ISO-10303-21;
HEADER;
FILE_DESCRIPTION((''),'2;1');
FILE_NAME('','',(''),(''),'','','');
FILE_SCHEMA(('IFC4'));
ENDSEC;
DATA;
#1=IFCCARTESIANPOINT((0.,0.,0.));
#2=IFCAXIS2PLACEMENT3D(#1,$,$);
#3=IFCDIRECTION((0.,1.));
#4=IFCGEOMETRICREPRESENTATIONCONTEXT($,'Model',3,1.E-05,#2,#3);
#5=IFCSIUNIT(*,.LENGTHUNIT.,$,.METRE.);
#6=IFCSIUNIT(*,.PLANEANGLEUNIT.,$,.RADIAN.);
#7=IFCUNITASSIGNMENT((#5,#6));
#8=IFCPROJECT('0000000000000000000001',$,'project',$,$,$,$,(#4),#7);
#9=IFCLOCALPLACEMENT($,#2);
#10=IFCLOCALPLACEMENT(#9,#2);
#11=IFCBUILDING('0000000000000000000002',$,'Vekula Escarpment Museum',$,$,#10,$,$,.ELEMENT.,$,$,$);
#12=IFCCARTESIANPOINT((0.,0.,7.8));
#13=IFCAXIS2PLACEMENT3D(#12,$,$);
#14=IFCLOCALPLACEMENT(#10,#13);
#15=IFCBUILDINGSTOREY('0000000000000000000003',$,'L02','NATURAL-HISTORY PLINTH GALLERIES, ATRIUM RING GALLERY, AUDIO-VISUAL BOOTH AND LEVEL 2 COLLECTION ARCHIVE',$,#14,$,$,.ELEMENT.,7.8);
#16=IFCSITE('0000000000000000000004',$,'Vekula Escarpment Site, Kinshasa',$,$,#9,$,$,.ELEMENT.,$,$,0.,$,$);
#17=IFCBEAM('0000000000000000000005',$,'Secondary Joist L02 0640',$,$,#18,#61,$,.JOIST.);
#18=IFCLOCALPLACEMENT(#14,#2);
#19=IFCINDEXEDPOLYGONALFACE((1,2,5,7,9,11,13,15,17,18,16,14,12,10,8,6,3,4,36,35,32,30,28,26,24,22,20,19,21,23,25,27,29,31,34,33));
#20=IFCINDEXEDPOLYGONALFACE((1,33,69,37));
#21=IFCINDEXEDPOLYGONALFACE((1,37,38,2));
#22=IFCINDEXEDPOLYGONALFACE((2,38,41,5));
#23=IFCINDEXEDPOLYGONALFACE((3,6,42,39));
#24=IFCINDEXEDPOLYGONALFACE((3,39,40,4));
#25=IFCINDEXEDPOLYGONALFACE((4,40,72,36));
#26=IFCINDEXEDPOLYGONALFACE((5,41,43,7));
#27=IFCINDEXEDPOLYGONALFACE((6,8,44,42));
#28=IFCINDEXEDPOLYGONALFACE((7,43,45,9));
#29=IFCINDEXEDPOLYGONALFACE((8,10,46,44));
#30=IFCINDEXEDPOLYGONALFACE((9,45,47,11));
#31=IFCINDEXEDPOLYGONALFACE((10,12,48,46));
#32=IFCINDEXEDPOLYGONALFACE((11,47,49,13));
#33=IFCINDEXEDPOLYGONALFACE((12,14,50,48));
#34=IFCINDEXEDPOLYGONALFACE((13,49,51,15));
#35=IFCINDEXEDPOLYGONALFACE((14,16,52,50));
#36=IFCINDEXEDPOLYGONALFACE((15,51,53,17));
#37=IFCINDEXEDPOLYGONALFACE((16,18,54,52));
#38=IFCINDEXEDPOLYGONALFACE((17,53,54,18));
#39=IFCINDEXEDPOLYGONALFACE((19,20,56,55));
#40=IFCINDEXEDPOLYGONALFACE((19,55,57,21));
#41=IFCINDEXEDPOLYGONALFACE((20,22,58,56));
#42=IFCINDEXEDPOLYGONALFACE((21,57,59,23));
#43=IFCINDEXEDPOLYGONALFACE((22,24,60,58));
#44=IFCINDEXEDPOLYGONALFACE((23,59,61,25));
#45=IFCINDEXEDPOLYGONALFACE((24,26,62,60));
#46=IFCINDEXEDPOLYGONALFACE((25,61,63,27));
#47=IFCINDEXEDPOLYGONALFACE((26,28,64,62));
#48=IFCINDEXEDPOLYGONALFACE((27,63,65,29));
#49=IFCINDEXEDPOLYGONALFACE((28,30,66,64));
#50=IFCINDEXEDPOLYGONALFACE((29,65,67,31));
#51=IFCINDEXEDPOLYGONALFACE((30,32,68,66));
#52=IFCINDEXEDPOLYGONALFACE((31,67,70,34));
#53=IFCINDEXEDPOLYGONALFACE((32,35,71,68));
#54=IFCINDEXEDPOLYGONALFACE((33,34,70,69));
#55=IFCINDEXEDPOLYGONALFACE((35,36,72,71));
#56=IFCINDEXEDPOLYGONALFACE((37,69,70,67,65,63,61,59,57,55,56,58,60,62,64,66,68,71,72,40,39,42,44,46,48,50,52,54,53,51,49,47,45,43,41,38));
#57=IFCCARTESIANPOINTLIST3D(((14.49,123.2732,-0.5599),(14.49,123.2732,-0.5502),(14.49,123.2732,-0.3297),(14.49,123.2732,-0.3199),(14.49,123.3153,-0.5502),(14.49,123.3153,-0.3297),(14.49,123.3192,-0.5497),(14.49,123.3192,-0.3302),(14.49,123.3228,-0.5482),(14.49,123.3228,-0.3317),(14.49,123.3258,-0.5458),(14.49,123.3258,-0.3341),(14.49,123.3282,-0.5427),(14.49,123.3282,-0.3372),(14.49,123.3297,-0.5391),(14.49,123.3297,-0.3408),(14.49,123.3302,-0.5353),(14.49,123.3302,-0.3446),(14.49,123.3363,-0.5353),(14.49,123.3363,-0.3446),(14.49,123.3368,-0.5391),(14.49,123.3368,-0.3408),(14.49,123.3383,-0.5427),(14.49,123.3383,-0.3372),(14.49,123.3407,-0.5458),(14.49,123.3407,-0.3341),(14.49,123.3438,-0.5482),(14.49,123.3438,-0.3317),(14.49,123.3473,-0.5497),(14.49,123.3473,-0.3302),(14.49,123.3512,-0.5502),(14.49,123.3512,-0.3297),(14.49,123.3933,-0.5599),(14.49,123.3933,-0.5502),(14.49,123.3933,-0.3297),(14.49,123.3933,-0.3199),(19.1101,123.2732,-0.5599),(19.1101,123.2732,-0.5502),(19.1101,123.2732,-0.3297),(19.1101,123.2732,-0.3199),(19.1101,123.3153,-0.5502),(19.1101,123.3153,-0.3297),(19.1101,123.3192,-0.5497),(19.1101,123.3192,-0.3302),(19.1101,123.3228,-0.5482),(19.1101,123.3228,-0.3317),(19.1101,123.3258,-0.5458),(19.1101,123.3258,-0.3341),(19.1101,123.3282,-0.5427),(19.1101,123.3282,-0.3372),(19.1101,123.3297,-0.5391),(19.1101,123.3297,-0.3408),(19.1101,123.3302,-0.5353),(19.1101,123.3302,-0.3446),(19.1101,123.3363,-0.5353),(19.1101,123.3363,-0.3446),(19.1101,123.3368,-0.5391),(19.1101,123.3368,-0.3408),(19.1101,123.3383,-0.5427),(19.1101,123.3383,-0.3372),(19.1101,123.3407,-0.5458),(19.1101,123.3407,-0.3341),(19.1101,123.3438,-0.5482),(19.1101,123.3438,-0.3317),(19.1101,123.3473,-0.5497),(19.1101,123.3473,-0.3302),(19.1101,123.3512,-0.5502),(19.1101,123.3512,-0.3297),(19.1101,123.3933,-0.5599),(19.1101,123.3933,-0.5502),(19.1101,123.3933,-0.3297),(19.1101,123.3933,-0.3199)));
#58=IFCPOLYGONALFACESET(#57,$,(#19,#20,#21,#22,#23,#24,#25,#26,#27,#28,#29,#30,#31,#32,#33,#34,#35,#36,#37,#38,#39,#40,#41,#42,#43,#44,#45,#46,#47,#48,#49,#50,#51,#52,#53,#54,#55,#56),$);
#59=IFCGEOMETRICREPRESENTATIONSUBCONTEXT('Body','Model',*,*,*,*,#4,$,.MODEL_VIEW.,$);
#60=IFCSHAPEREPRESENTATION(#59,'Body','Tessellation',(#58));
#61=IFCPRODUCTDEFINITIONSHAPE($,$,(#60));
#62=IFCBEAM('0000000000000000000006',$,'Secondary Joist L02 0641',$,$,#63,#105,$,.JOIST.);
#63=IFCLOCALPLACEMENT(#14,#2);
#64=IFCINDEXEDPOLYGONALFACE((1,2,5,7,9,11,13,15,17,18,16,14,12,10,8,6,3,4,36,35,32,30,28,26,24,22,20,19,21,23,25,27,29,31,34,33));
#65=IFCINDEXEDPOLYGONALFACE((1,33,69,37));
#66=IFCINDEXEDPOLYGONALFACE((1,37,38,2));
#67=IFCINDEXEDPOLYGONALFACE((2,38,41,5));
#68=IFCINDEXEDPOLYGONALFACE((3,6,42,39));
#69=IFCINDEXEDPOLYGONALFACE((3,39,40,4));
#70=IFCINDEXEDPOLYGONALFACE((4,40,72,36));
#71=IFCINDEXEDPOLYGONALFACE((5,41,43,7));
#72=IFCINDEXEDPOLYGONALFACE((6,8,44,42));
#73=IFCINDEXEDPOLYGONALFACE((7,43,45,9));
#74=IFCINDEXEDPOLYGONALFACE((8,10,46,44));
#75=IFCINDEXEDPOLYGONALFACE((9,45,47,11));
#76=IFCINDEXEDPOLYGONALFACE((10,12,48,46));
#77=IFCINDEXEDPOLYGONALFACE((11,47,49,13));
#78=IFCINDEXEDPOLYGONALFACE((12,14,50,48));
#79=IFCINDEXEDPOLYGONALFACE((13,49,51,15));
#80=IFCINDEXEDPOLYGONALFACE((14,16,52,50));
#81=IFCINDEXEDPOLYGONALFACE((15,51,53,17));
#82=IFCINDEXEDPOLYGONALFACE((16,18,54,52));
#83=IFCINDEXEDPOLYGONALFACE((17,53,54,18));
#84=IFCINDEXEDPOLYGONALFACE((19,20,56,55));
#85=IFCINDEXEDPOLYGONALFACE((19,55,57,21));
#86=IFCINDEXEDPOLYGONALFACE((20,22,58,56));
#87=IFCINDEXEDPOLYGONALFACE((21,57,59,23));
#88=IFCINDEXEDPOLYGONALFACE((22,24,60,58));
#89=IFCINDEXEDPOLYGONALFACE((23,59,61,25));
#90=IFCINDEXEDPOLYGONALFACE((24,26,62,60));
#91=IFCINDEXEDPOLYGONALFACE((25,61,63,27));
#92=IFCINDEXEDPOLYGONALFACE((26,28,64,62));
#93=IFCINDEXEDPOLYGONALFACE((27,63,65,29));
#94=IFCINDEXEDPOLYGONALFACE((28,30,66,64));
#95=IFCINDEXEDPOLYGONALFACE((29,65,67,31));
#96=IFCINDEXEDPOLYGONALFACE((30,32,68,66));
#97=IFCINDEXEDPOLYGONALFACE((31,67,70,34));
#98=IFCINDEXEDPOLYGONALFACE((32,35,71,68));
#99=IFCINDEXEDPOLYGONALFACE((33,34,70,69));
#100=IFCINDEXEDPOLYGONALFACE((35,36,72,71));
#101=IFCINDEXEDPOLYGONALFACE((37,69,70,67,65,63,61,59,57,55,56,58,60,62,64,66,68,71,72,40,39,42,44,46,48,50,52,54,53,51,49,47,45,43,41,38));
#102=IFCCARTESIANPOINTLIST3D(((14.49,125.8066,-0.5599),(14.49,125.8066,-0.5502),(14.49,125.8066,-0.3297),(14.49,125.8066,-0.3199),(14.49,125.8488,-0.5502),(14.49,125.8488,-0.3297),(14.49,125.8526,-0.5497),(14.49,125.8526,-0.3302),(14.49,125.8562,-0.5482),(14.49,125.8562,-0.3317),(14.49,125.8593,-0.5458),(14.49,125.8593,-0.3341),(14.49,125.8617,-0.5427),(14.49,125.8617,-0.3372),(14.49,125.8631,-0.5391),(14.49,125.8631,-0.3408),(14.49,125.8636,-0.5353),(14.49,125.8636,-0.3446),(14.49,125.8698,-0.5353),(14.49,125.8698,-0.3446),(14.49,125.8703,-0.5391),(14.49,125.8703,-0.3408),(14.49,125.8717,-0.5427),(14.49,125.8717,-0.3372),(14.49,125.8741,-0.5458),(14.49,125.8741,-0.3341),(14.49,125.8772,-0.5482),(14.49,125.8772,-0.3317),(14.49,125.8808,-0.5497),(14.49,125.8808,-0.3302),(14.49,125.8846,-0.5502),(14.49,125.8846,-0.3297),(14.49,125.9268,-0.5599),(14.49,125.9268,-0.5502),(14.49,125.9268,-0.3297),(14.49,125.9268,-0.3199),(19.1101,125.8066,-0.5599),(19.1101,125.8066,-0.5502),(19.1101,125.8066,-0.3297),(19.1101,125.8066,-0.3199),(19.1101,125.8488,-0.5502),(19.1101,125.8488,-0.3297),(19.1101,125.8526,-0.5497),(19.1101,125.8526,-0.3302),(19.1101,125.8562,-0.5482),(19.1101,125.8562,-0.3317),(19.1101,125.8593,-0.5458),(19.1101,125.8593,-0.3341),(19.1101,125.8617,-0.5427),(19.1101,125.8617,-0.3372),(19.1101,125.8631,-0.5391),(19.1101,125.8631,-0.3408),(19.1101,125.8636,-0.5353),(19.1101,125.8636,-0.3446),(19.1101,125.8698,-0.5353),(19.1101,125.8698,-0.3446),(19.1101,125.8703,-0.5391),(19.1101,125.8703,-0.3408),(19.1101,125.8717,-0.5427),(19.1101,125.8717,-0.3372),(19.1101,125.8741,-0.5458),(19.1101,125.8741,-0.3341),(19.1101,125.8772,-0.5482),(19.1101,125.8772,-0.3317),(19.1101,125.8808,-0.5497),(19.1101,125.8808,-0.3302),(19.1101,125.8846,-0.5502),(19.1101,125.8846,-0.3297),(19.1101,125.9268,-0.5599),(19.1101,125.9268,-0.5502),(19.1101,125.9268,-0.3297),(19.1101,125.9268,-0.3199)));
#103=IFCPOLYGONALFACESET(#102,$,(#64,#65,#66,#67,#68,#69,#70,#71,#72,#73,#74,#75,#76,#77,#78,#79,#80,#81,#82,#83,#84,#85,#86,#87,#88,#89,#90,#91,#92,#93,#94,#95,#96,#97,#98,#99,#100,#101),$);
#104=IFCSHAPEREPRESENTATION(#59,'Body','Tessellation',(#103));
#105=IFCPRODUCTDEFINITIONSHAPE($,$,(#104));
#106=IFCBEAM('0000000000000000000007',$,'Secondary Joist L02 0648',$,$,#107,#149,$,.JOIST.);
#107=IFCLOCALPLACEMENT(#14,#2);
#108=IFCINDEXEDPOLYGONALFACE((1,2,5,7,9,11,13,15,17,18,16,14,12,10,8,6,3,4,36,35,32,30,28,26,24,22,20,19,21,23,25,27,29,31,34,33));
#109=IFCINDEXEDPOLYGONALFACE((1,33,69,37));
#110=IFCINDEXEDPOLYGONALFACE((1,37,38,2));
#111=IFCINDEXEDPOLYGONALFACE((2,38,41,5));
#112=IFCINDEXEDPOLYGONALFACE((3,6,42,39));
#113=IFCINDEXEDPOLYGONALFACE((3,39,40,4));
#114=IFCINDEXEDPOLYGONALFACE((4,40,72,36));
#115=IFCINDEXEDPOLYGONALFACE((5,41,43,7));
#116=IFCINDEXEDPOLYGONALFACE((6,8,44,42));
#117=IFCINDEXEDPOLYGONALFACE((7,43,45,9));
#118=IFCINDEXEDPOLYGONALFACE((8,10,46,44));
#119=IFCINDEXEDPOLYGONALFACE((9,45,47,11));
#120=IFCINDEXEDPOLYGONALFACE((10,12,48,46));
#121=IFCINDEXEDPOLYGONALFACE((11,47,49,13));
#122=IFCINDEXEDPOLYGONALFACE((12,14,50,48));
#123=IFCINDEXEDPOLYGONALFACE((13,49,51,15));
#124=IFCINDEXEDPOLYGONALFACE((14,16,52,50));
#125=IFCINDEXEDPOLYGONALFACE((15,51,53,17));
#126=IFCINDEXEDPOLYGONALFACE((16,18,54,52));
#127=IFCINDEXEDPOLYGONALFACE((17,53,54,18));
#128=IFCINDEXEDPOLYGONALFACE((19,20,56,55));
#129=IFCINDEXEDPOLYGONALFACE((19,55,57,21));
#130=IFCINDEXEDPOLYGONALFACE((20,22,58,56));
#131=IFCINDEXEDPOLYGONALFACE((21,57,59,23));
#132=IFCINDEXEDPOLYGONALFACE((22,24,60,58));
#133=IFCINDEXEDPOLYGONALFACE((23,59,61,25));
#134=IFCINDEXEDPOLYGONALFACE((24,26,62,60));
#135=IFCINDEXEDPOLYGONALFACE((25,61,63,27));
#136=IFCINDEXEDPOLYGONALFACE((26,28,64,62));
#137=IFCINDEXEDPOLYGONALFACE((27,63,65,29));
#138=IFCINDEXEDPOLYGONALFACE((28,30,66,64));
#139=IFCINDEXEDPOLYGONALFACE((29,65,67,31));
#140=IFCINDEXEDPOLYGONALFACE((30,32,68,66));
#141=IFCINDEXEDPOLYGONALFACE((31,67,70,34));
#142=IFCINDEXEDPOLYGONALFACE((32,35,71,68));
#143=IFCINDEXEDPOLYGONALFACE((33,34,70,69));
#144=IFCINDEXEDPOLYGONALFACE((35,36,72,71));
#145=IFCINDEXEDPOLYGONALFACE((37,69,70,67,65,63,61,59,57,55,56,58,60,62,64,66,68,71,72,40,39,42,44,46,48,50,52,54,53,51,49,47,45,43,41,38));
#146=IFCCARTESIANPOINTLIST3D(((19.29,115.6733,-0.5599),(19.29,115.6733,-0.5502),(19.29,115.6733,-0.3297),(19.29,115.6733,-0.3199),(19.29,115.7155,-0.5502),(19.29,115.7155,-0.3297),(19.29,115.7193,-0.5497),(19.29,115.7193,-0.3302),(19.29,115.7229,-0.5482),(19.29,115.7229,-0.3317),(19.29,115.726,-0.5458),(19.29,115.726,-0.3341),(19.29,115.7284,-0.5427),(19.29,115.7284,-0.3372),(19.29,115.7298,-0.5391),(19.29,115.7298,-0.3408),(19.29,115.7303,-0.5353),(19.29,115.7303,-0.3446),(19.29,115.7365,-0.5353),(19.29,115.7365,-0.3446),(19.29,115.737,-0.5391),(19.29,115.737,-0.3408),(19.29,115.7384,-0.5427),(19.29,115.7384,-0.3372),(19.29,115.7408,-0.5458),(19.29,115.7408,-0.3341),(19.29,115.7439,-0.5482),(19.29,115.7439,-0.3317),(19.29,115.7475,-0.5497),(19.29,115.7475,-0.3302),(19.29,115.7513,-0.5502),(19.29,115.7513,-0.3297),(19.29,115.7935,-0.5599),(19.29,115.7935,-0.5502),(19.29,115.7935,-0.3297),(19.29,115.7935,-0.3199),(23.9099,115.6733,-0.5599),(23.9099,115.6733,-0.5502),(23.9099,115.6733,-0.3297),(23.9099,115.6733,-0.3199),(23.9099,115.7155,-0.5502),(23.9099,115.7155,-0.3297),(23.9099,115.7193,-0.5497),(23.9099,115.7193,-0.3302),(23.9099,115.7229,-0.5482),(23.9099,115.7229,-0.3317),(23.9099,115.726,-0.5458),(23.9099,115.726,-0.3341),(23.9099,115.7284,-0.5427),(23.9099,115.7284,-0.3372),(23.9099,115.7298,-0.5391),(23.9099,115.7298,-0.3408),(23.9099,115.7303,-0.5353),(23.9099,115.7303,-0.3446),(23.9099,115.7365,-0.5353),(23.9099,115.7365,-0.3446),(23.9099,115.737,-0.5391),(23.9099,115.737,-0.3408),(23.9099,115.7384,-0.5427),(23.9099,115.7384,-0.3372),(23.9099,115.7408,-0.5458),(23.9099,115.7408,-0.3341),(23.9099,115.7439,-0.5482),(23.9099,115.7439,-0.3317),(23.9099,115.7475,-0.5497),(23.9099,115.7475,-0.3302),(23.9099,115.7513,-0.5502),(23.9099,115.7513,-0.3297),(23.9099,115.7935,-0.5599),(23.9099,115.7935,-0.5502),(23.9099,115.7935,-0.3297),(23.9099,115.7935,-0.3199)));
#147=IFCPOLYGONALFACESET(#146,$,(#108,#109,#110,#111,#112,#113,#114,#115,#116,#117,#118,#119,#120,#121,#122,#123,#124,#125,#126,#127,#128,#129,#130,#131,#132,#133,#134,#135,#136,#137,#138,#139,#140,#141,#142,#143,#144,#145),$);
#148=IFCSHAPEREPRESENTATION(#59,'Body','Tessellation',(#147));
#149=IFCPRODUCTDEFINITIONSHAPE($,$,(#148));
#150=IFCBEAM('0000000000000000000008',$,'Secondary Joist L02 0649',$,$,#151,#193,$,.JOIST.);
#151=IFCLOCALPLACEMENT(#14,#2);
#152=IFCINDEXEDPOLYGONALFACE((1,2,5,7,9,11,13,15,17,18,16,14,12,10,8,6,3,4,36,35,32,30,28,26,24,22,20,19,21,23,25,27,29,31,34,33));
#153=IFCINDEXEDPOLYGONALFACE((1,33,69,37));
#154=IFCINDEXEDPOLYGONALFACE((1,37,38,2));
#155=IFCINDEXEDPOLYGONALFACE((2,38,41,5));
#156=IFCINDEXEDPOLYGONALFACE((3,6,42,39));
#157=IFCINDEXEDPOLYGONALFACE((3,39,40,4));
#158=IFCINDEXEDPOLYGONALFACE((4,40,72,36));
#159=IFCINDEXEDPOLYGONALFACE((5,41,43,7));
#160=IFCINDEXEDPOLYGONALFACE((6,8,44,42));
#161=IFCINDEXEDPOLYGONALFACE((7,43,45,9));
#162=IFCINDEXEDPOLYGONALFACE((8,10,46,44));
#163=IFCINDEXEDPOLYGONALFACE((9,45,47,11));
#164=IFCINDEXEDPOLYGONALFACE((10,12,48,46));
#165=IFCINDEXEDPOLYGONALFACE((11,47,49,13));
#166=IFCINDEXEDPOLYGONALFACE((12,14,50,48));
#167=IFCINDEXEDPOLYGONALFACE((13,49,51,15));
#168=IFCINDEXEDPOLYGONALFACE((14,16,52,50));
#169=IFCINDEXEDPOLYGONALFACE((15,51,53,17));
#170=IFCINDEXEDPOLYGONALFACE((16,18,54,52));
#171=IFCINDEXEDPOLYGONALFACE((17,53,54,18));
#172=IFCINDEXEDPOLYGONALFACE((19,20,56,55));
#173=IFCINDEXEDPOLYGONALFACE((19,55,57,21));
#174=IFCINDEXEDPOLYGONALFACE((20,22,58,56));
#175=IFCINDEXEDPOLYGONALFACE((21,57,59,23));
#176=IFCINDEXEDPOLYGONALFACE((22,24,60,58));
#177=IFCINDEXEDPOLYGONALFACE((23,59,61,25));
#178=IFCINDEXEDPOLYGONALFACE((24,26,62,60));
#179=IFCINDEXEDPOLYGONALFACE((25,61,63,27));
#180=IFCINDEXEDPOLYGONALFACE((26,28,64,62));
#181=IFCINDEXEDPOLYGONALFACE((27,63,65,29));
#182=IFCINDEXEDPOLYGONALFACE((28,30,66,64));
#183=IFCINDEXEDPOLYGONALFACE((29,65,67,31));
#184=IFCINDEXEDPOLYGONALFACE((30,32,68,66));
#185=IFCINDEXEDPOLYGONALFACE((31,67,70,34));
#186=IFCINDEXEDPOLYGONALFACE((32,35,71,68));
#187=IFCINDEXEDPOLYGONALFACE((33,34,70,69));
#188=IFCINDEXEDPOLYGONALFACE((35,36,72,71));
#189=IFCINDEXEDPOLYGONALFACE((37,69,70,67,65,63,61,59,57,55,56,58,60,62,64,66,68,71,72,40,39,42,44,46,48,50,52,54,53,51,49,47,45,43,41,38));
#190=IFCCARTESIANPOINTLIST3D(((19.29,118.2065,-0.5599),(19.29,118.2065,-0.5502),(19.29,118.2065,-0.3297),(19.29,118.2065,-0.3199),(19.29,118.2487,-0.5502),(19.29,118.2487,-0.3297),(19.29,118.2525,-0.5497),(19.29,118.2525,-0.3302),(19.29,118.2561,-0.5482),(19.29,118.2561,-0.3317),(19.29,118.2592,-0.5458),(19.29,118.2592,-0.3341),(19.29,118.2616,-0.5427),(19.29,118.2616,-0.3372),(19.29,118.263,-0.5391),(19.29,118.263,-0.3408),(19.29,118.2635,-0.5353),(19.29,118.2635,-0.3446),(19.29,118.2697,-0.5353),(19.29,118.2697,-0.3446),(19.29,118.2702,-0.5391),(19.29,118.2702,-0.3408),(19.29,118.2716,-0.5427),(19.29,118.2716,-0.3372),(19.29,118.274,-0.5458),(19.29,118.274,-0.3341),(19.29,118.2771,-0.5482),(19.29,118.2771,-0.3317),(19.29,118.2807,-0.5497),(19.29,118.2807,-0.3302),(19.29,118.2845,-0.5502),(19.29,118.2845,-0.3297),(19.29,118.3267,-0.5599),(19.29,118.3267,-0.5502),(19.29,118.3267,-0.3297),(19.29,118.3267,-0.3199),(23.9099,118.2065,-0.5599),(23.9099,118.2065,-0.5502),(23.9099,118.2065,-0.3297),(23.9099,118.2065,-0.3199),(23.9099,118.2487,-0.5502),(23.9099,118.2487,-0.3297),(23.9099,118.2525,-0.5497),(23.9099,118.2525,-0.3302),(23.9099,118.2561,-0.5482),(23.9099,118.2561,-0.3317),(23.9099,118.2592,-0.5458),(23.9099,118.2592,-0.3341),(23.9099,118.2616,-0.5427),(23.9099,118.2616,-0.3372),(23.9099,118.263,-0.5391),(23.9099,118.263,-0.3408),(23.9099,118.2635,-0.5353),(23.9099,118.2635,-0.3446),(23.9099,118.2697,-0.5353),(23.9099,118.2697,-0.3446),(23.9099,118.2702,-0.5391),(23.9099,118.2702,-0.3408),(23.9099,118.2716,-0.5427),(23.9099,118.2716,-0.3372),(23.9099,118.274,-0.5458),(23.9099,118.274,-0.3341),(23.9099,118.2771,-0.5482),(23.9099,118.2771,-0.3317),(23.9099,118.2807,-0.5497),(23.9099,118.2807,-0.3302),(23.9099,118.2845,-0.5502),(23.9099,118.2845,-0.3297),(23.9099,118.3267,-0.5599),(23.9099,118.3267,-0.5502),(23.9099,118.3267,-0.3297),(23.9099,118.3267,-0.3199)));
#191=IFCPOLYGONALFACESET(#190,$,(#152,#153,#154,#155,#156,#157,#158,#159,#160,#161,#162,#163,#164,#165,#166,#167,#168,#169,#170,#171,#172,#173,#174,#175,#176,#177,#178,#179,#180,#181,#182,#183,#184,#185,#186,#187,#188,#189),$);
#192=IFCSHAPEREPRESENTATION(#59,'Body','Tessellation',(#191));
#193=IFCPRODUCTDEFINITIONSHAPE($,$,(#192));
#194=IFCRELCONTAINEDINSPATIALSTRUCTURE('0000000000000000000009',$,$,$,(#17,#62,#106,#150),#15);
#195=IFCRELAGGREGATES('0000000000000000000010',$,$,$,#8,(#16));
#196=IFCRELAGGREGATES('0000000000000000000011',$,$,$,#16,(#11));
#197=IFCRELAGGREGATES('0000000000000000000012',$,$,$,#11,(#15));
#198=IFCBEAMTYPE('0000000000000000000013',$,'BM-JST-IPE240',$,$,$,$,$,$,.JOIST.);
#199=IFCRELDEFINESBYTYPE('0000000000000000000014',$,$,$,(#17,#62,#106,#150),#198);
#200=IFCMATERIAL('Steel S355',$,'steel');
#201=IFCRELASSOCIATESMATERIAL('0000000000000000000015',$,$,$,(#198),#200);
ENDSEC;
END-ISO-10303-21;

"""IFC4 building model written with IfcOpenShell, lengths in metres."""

from ifc_helpers import new_model, si_unit, direction, frame, origin, origin_2d, place, context, subcontext, project, spatial, i_section, extrude, material, material_profile, profile_set, type_object, element, save


model = new_model("IFC4")

# Units and contexts
model_context = context("Model", 3, precision=1e-05, world=origin(), true_north=direction((0.0, 1.0)))
body_context = subcontext(model_context, "Body", "Model", "MODEL_VIEW")
ifc_project = project(units=[si_unit("LENGTHUNIT", "METRE"), si_unit("PLANEANGLEUNIT", "RADIAN")], contexts=[model_context])

# Site, building, storey
site_placement = place(None, origin())
site = spatial("IfcSite", under=ifc_project, at=site_placement, Name="Vekula Escarpment Site, Kinshasa", CompositionType="ELEMENT", RefElevation=0.0)
building_placement = place(site_placement, origin())
building = spatial("IfcBuilding", under=site, at=building_placement, Name="Vekula Escarpment Museum", CompositionType="ELEMENT")
storey_placement = place(building_placement, frame((0.0, 0.0, 7.8)))
storey = spatial("IfcBuildingStorey", under=building, at=storey_placement, Name="L02", Description="NATURAL-HISTORY PLINTH GALLERIES, ATRIUM RING GALLERY, AUDIO-VISUAL BOOTH AND LEVEL 2 COLLECTION ARCHIVE", CompositionType="ELEMENT", Elevation=7.8)

# Beams
ifc_material_1 = material(Name="Steel S355", Category="steel")
ifc_material_profile_1 = material_profile(ifc_material_1, i_section(OverallWidth=0.1201, OverallDepth=0.24, WebThickness=0.0061, FlangeThickness=0.0098, FilletRadius=0.0149, at=origin_2d()), Name="IPE 240")
ifc_profile_set_1 = profile_set([ifc_material_profile_1], Name="Steel S355")
beam_type_1 = type_object("IfcBeamType", Name="BM-JST-IPE240", PredefinedType="JOIST", material=ifc_profile_set_1)
for number, where, z_axis, x_axis, name in (
    (1, (14.49, 123.3333, -0.4399), (1.0, 0.0, 0.0), (0.0, 1.0, 0.0), "Secondary Joist L02 0640"),
    (2, (14.49, 125.8667, -0.4399), (1.0, 0.0, 0.0), (0.0, 1.0, 0.0), "Secondary Joist L02 0641"),
):
    element("IfcBeam", number, at=place(storey_placement, frame(where, z_axis=z_axis, x_axis=x_axis)), inside=storey, type_object=beam_type_1, Name=name, PredefinedType="JOIST", context=body_context, shape_type="SweptSolid", body=[
        extrude(i_section(OverallWidth=0.1201, OverallDepth=0.24, WebThickness=0.0061, FlangeThickness=0.0098, FilletRadius=0.0149, at=origin_2d()), origin(), (0.0, 0.0, 1.0), 4.6201),
    ])
for number, where, z_axis, x_axis, name in (
    (3, (19.29, 115.7334, -0.4399), (1.0, 0.0, 0.0), (0.0, 1.0, 0.0), "Secondary Joist L02 0648"),
    (4, (19.29, 118.2666, -0.4399), (1.0, 0.0, 0.0), (0.0, 1.0, 0.0), "Secondary Joist L02 0649"),
):
    element("IfcBeam", number, at=place(storey_placement, frame(where, z_axis=z_axis, x_axis=x_axis)), inside=storey, type_object=beam_type_1, Name=name, PredefinedType="JOIST", context=body_context, shape_type="SweptSolid", body=[
        extrude(i_section(OverallWidth=0.1201, OverallDepth=0.24, WebThickness=0.0061, FlangeThickness=0.0098, FilletRadius=0.0149, at=origin_2d()), origin(), (0.0, 0.0, 1.0), 4.6199),
    ])

save(model, "model.ifc")
